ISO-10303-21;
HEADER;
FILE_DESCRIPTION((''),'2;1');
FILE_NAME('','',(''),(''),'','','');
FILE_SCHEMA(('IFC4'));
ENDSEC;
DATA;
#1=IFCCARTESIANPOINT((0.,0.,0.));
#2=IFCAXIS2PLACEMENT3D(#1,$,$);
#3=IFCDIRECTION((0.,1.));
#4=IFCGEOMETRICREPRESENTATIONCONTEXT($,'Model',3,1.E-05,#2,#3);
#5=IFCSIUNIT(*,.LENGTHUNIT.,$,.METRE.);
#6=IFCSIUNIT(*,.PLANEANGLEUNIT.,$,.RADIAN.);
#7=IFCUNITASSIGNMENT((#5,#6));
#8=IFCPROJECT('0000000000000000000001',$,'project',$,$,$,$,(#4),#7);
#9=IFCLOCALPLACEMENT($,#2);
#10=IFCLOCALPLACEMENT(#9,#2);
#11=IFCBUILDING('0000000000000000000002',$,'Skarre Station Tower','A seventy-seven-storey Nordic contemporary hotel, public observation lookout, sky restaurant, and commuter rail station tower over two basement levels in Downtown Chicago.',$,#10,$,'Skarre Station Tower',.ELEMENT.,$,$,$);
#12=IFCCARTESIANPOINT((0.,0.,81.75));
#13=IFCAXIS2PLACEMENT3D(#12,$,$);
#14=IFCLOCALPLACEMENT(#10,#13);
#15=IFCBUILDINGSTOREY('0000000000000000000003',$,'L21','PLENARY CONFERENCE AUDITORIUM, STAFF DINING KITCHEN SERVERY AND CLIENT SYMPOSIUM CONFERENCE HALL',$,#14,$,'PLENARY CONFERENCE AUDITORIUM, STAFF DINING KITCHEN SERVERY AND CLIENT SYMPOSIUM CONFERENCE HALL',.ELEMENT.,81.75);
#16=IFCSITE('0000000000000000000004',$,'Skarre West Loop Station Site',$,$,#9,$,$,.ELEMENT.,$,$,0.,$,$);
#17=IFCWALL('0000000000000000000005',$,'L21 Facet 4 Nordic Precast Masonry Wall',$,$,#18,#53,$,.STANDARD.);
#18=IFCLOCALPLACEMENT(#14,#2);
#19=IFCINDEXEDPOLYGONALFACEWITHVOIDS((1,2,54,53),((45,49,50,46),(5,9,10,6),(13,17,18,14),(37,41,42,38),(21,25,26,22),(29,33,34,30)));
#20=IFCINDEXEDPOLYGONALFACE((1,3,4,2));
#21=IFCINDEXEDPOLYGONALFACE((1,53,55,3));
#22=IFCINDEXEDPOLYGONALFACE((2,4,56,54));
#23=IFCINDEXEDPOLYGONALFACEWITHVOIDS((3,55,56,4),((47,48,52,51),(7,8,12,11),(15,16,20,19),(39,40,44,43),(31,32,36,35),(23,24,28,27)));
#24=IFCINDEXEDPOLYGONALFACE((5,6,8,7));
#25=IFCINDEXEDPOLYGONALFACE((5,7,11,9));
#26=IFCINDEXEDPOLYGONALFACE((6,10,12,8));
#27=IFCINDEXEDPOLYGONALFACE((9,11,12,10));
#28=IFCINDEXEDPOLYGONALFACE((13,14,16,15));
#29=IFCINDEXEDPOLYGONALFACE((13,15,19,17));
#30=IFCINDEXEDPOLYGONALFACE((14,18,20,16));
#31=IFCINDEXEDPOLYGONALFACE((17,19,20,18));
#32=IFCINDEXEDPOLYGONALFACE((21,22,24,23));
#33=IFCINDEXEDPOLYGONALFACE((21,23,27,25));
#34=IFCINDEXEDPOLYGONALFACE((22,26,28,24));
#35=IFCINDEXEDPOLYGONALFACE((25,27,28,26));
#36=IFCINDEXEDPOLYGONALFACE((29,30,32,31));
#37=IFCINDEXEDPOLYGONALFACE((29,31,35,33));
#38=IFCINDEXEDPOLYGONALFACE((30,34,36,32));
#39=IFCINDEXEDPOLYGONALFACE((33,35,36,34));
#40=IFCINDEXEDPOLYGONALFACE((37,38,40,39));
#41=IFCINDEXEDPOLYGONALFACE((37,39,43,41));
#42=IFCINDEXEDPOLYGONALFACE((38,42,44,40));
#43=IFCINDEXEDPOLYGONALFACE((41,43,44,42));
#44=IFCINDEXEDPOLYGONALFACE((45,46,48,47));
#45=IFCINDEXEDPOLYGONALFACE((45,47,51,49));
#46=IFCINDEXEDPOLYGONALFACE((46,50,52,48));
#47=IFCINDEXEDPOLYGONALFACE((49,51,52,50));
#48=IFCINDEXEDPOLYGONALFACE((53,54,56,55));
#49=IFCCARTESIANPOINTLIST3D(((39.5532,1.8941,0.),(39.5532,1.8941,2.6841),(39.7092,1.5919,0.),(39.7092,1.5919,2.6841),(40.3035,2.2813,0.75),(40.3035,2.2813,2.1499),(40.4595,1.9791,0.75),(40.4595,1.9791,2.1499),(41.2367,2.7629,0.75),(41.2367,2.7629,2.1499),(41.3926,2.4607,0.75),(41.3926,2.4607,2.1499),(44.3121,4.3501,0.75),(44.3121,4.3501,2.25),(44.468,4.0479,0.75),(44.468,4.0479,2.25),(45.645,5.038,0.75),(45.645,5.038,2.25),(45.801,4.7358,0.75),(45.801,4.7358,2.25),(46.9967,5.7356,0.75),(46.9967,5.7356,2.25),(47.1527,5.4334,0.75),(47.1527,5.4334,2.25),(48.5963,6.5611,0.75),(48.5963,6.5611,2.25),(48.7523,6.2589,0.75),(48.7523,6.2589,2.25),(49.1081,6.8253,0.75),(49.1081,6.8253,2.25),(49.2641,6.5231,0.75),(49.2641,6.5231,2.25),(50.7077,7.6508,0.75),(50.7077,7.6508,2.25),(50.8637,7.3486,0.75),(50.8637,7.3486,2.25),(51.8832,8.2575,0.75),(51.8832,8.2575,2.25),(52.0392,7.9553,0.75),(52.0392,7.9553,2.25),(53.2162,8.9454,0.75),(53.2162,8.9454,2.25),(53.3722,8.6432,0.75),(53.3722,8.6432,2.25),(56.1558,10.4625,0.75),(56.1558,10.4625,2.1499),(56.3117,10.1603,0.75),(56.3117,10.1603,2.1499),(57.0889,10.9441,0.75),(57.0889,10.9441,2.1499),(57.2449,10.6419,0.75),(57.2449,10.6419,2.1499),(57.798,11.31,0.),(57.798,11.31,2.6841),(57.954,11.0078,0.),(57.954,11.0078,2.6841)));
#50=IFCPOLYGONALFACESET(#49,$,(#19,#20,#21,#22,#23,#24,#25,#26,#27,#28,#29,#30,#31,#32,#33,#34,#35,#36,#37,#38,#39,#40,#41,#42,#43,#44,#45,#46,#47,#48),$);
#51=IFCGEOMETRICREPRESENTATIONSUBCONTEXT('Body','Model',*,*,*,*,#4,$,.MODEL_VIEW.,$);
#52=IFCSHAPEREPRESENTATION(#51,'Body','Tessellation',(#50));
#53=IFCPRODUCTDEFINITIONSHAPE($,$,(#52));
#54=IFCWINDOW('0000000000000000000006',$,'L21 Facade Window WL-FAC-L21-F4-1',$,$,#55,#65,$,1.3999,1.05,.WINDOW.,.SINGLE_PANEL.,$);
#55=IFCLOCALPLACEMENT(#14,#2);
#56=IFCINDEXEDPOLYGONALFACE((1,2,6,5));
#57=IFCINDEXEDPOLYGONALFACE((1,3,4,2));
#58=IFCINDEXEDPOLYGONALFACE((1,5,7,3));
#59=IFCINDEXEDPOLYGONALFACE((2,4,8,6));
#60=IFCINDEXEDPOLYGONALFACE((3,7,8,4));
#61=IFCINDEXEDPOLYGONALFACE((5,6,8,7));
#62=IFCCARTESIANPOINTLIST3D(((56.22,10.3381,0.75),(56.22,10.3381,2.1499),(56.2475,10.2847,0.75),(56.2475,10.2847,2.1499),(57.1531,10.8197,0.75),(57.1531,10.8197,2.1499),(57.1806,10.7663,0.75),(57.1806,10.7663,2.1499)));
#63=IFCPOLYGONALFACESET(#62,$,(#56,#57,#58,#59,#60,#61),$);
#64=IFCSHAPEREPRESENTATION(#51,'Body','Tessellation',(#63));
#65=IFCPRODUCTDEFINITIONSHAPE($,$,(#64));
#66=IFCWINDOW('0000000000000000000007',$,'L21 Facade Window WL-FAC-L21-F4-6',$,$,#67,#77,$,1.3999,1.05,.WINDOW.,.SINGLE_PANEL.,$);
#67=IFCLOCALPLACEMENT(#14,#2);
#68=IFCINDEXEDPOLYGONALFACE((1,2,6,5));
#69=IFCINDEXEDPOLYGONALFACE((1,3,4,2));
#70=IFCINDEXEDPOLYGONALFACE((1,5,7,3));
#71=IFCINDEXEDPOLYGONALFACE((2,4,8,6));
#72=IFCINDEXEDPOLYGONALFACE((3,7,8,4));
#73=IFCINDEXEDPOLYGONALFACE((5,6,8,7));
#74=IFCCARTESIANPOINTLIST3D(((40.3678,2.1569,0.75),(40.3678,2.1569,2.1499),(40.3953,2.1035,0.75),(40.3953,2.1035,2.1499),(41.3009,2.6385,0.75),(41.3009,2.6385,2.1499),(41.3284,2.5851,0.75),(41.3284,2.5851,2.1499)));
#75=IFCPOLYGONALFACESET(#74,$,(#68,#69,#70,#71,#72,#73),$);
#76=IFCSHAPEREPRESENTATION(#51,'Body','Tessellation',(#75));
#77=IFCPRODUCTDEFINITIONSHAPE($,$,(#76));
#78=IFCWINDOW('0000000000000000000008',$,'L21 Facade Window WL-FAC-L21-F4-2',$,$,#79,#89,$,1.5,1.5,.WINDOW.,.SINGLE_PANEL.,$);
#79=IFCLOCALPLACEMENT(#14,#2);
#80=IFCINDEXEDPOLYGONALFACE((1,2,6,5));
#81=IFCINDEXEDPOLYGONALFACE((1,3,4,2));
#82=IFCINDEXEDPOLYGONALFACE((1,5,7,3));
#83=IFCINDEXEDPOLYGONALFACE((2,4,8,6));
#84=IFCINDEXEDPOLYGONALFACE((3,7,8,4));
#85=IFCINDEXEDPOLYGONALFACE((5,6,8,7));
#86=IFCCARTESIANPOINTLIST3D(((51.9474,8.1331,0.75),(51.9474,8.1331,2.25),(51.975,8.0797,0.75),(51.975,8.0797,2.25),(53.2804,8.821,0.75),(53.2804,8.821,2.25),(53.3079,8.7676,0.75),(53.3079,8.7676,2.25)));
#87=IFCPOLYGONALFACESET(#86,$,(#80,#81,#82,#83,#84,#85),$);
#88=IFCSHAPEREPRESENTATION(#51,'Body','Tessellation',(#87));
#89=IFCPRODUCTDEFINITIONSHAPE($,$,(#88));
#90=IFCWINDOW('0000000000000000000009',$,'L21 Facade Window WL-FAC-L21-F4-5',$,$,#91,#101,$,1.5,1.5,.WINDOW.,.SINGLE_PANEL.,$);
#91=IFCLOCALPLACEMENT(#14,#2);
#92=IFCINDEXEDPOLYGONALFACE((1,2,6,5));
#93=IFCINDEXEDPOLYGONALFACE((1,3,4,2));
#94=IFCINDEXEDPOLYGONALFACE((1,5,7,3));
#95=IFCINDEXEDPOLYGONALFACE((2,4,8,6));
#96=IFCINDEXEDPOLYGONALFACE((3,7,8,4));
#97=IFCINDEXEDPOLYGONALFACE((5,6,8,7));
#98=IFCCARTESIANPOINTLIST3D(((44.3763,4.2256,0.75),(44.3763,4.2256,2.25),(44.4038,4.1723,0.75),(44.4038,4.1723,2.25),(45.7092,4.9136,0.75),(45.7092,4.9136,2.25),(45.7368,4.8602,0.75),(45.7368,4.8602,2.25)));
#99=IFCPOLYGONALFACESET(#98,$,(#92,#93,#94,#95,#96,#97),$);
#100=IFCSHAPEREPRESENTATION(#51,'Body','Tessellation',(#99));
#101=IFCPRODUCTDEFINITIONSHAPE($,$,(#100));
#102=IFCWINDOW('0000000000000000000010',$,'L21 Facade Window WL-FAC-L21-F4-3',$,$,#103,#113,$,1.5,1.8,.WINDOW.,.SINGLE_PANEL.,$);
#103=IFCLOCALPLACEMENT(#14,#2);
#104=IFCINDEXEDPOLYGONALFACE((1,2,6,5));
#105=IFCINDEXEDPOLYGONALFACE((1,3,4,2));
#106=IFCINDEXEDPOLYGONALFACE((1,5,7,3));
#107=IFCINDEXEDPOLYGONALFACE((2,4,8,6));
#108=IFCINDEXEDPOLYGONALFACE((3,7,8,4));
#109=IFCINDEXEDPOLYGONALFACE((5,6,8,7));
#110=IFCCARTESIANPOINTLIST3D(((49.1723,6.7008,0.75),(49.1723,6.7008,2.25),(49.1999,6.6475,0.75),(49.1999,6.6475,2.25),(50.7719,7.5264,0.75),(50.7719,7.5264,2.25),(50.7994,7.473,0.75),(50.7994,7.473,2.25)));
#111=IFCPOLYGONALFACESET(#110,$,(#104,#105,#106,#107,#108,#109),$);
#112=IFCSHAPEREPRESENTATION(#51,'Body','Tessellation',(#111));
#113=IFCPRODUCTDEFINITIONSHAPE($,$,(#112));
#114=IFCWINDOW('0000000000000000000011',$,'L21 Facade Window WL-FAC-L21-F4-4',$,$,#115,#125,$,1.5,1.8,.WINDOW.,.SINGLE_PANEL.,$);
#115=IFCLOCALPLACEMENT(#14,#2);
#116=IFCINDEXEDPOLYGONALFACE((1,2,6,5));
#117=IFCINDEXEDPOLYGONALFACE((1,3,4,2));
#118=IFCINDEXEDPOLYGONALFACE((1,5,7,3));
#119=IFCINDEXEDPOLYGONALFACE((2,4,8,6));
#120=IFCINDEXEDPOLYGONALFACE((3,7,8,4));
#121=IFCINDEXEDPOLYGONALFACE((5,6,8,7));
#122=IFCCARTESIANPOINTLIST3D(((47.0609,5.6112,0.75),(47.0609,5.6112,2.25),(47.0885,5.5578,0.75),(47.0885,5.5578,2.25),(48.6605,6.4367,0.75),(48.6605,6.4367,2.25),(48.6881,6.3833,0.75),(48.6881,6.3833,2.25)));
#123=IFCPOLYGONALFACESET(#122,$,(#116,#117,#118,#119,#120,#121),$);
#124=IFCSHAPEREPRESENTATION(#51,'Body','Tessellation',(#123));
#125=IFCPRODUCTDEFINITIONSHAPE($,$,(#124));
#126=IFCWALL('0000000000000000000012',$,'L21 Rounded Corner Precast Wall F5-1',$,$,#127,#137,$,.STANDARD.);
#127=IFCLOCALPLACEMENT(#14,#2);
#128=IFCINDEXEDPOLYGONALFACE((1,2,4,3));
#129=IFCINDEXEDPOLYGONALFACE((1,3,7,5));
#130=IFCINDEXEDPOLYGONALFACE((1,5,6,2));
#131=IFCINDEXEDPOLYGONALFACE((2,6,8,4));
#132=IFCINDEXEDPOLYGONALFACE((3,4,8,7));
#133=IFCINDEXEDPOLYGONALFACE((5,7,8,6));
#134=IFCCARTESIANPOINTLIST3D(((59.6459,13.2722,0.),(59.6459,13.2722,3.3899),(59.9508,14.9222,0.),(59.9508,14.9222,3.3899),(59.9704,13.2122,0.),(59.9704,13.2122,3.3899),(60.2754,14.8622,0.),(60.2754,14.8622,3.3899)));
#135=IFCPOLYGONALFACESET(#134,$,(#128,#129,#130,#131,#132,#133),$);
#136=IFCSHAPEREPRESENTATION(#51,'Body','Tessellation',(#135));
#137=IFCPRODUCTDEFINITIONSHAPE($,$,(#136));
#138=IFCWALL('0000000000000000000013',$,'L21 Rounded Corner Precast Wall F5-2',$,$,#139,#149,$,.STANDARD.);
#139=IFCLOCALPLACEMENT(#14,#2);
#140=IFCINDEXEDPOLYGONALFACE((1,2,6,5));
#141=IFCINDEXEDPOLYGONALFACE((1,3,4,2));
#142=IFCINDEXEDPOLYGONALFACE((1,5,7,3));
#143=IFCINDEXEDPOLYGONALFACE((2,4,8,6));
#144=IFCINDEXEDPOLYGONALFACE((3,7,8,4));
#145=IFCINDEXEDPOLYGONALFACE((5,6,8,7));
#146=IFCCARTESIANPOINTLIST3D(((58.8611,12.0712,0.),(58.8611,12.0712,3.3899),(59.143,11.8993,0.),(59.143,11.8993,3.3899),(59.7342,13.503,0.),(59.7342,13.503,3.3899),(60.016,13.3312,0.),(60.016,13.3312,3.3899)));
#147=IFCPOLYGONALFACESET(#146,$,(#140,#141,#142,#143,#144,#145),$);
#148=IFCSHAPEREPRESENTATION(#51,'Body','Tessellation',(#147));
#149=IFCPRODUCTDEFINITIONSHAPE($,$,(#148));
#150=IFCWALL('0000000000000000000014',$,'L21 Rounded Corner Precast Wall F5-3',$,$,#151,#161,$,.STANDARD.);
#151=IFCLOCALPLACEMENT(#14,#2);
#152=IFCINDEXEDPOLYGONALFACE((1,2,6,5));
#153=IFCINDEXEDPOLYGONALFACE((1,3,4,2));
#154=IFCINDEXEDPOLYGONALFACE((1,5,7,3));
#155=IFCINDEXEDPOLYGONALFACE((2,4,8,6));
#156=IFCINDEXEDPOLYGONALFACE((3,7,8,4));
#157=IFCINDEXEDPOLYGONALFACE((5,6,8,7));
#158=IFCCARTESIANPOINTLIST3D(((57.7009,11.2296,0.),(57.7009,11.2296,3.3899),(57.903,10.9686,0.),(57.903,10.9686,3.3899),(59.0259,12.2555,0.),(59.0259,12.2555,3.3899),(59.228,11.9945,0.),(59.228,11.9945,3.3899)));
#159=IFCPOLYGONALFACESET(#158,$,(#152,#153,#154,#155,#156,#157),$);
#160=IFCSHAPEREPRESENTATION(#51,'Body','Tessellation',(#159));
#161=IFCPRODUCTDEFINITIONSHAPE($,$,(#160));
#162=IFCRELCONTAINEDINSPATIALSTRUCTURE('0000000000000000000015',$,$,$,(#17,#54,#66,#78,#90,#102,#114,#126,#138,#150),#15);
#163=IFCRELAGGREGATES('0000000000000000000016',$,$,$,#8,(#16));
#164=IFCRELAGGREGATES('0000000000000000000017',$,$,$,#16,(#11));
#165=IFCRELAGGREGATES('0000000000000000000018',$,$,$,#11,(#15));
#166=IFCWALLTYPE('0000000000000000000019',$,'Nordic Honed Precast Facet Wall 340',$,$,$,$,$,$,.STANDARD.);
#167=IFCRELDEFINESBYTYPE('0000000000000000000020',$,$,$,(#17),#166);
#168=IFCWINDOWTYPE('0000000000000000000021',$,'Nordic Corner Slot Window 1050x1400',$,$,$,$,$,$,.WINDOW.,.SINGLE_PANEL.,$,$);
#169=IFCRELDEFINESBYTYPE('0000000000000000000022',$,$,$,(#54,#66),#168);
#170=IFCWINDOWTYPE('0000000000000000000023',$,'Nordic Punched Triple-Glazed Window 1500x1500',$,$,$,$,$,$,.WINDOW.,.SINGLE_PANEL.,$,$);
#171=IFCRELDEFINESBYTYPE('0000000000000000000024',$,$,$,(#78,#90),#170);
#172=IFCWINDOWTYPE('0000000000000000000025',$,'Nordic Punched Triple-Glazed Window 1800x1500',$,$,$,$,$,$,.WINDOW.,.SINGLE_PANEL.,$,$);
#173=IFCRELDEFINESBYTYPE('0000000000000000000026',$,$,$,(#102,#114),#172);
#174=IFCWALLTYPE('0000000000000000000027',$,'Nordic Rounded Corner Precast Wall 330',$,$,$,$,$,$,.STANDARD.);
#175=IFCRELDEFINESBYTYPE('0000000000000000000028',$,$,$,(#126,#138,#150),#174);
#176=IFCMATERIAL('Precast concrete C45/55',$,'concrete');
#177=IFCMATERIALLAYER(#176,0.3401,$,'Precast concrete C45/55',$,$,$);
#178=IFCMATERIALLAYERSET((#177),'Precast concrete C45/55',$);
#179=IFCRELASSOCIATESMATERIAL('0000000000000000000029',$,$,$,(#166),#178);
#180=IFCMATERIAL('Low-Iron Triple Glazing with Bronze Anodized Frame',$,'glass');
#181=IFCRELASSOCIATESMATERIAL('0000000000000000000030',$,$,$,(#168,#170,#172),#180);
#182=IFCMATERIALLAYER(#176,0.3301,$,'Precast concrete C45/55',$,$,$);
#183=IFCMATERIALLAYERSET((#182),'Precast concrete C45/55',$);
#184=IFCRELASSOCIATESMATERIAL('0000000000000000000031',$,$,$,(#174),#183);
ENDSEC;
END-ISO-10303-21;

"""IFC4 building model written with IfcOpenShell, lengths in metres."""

from ifc_helpers import new_model, si_unit, direction, frame, frame_2d, origin, place, context, subcontext, project, spatial, rectangle, extrude, material, layer, layer_set, type_object, element, fill, save


model = new_model("IFC4")

# Units and contexts
model_context = context("Model", 3, precision=1e-05, world=origin(), true_north=direction((0.0, 1.0)))
body_context = subcontext(model_context, "Body", "Model", "MODEL_VIEW")
ifc_project = project(units=[si_unit("LENGTHUNIT", "METRE"), si_unit("PLANEANGLEUNIT", "RADIAN")], contexts=[model_context])

# Site, building, storey
site_placement = place(None, origin())
site = spatial("IfcSite", under=ifc_project, at=site_placement, Name="Skarre West Loop Station Site", CompositionType="ELEMENT", RefElevation=0.0)
building_placement = place(site_placement, origin())
building = spatial("IfcBuilding", under=site, at=building_placement, Name="Skarre Station Tower", Description="A seventy-seven-storey Nordic contemporary hotel, public observation lookout, sky restaurant, and commuter rail station tower over two basement levels in Downtown Chicago.", LongName="Skarre Station Tower", CompositionType="ELEMENT")
storey_placement = place(building_placement, frame((0.0, 0.0, 81.75)))
storey = spatial("IfcBuildingStorey", under=building, at=storey_placement, Name="L21", Description="PLENARY CONFERENCE AUDITORIUM, STAFF DINING KITCHEN SERVERY AND CLIENT SYMPOSIUM CONFERENCE HALL", LongName="PLENARY CONFERENCE AUDITORIUM, STAFF DINING KITCHEN SERVERY AND CLIENT SYMPOSIUM CONFERENCE HALL", CompositionType="ELEMENT", Elevation=81.75)

# Wall, openings, windows
ifc_material_1 = material(Name="Precast concrete C45/55", Category="concrete")
ifc_layer_1 = layer(ifc_material_1, 0.3401, Name="Precast concrete C45/55")
ifc_layer_set_1 = layer_set([ifc_layer_1], Name="Precast concrete C45/55")
wall_type_1 = type_object("IfcWallType", Name="Nordic Honed Precast Facet Wall 340", PredefinedType="STANDARD", material=ifc_layer_set_1)
wall_1_placement = place(storey_placement, frame((57.876, 11.1589, 0.0), z_axis=(0.0, 0.0, 1.0), x_axis=(-0.888634, -0.458616, 0.0)))
wall_1 = element("IfcWall", 1, at=wall_1_placement, inside=storey, type_object=wall_type_1, Name="L21 Facet 4 Nordic Precast Masonry Wall", PredefinedType="STANDARD", context=body_context, shape_type="SweptSolid", body=[
    extrude(rectangle(XDim=20.5312, YDim=0.3401, at=frame_2d((10.2656, 0.0))), origin(), (0.0, 0.0, 1.0), 2.6841),
])
opening_1_placement = place(wall_1_placement, frame((0.7981, 0.0, 0.75)))
opening_1 = element("IfcOpeningElement", 2, at=opening_1_placement, cuts=wall_1, PredefinedType="OPENING", context=body_context, shape_type="SweptSolid", body=[
    extrude(rectangle(XDim=1.05, YDim=1.3999, at=frame_2d((0.5249, 0.7))), frame((0.0, 0.1799, 0.0), z_axis=(0.0, -1.0, 0.0), x_axis=(1.0, 0.0, 0.0)), (0.0, 0.0, 1.0), 0.3601),
])
opening_2_placement = place(wall_1_placement, frame((5.156, 0.0, 0.75)))
opening_2 = element("IfcOpeningElement", 3, at=opening_2_placement, cuts=wall_1, PredefinedType="OPENING", context=body_context, shape_type="SweptSolid", body=[
    extrude(rectangle(XDim=1.5, YDim=1.5, at=frame_2d((0.75, 0.75))), frame((0.0, 0.1799, 0.0), z_axis=(0.0, -1.0, 0.0), x_axis=(1.0, 0.0, 0.0)), (0.0, 0.0, 1.0), 0.3601),
])
opening_3_placement = place(wall_1_placement, frame((7.979, 0.0, 0.75)))
opening_3 = element("IfcOpeningElement", 4, at=opening_3_placement, cuts=wall_1, PredefinedType="OPENING", context=body_context, shape_type="SweptSolid", body=[
    extrude(rectangle(XDim=1.8, YDim=1.5, at=frame_2d((0.8999, 0.75))), frame((0.0, 0.1799, 0.0), z_axis=(0.0, -1.0, 0.0), x_axis=(1.0, 0.0, 0.0)), (0.0, 0.0, 1.0), 0.3601),
])
opening_4_placement = place(wall_1_placement, frame((10.355, 0.0, 0.75)))
opening_4 = element("IfcOpeningElement", 5, at=opening_4_placement, cuts=wall_1, PredefinedType="OPENING", context=body_context, shape_type="SweptSolid", body=[
    extrude(rectangle(XDim=1.8, YDim=1.5, at=frame_2d((0.8999, 0.75))), frame((0.0, 0.1799, 0.0), z_axis=(0.0, -1.0, 0.0), x_axis=(1.0, 0.0, 0.0)), (0.0, 0.0, 1.0), 0.3601),
])
opening_5_placement = place(wall_1_placement, frame((13.676, 0.0, 0.75)))
opening_5 = element("IfcOpeningElement", 6, at=opening_5_placement, cuts=wall_1, PredefinedType="OPENING", context=body_context, shape_type="SweptSolid", body=[
    extrude(rectangle(XDim=1.5, YDim=1.5, at=frame_2d((0.75, 0.75))), frame((0.0, 0.1799, 0.0), z_axis=(0.0, -1.0, 0.0), x_axis=(1.0, 0.0, 0.0)), (0.0, 0.0, 1.0), 0.3601),
])
opening_6_placement = place(wall_1_placement, frame((18.637, 0.0, 0.75)))
opening_6 = element("IfcOpeningElement", 7, at=opening_6_placement, cuts=wall_1, PredefinedType="OPENING", context=body_context, shape_type="SweptSolid", body=[
    extrude(rectangle(XDim=1.05, YDim=1.3999, at=frame_2d((0.5249, 0.7))), frame((0.0, 0.1799, 0.0), z_axis=(0.0, -1.0, 0.0), x_axis=(1.0, 0.0, 0.0)), (0.0, 0.0, 1.0), 0.3601),
])
ifc_material_2 = material(Name="Low-Iron Triple Glazing with Bronze Anodized Frame", Category="glass")
window_type_1 = type_object("IfcWindowType", Name="Nordic Corner Slot Window 1050x1400", PartitioningType="SINGLE_PANEL", PredefinedType="WINDOW", material=ifc_material_2)
window_1_placement = place(opening_1_placement, origin())
window_1 = element("IfcWindow", 8, at=window_1_placement, inside=storey, type_object=window_type_1, Name="L21 Facade Window WL-FAC-L21-F4-1", OverallHeight=1.3999, OverallWidth=1.05, PartitioningType="SINGLE_PANEL", PredefinedType="WINDOW", context=body_context, shape_type="SweptSolid", body=[
    extrude(rectangle(XDim=1.05, YDim=1.3999, at=frame_2d((0.5249, 0.7))), frame((0.0, 0.03, 0.0), z_axis=(0.0, -1.0, 0.0), x_axis=(1.0, 0.0, 0.0)), (0.0, 0.0, 1.0), 0.0601),
])
fill(opening_1, window_1)
window_2_placement = place(opening_6_placement, origin())
window_2 = element("IfcWindow", 9, at=window_2_placement, inside=storey, type_object=window_type_1, Name="L21 Facade Window WL-FAC-L21-F4-6", OverallHeight=1.3999, OverallWidth=1.05, PartitioningType="SINGLE_PANEL", PredefinedType="WINDOW", context=body_context, shape_type="SweptSolid", body=[
    extrude(rectangle(XDim=1.05, YDim=1.3999, at=frame_2d((0.5249, 0.7))), frame((0.0, 0.03, 0.0), z_axis=(0.0, -1.0, 0.0), x_axis=(1.0, 0.0, 0.0)), (0.0, 0.0, 1.0), 0.0601),
])
fill(opening_6, window_2)
window_type_2 = type_object("IfcWindowType", Name="Nordic Punched Triple-Glazed Window 1500x1500", PartitioningType="SINGLE_PANEL", PredefinedType="WINDOW", material=ifc_material_2)
window_3_placement = place(opening_2_placement, origin())
window_3 = element("IfcWindow", 10, at=window_3_placement, inside=storey, type_object=window_type_2, Name="L21 Facade Window WL-FAC-L21-F4-2", OverallHeight=1.5, OverallWidth=1.5, PartitioningType="SINGLE_PANEL", PredefinedType="WINDOW", context=body_context, shape_type="SweptSolid", body=[
    extrude(rectangle(XDim=1.5, YDim=1.5, at=frame_2d((0.75, 0.75))), frame((0.0, 0.03, 0.0), z_axis=(0.0, -1.0, 0.0), x_axis=(1.0, 0.0, 0.0)), (0.0, 0.0, 1.0), 0.0601),
])
fill(opening_2, window_3)
window_4_placement = place(opening_5_placement, origin())
window_4 = element("IfcWindow", 11, at=window_4_placement, inside=storey, type_object=window_type_2, Name="L21 Facade Window WL-FAC-L21-F4-5", OverallHeight=1.5, OverallWidth=1.5, PartitioningType="SINGLE_PANEL", PredefinedType="WINDOW", context=body_context, shape_type="SweptSolid", body=[
    extrude(rectangle(XDim=1.5, YDim=1.5, at=frame_2d((0.75, 0.75))), frame((0.0, 0.03, 0.0), z_axis=(0.0, -1.0, 0.0), x_axis=(1.0, 0.0, 0.0)), (0.0, 0.0, 1.0), 0.0601),
])
fill(opening_5, window_4)
window_type_3 = type_object("IfcWindowType", Name="Nordic Punched Triple-Glazed Window 1800x1500", PartitioningType="SINGLE_PANEL", PredefinedType="WINDOW", material=ifc_material_2)
window_5_placement = place(opening_3_placement, origin())
window_5 = element("IfcWindow", 12, at=window_5_placement, inside=storey, type_object=window_type_3, Name="L21 Facade Window WL-FAC-L21-F4-3", OverallHeight=1.5, OverallWidth=1.8, PartitioningType="SINGLE_PANEL", PredefinedType="WINDOW", context=body_context, shape_type="SweptSolid", body=[
    extrude(rectangle(XDim=1.8, YDim=1.5, at=frame_2d((0.8999, 0.75))), frame((0.0, 0.03, 0.0), z_axis=(0.0, -1.0, 0.0), x_axis=(1.0, 0.0, 0.0)), (0.0, 0.0, 1.0), 0.0601),
])
fill(opening_3, window_5)
window_6_placement = place(opening_4_placement, origin())
window_6 = element("IfcWindow", 13, at=window_6_placement, inside=storey, type_object=window_type_3, Name="L21 Facade Window WL-FAC-L21-F4-4", OverallHeight=1.5, OverallWidth=1.8, PartitioningType="SINGLE_PANEL", PredefinedType="WINDOW", context=body_context, shape_type="SweptSolid", body=[
    extrude(rectangle(XDim=1.8, YDim=1.5, at=frame_2d((0.8999, 0.75))), frame((0.0, 0.03, 0.0), z_axis=(0.0, -1.0, 0.0), x_axis=(1.0, 0.0, 0.0)), (0.0, 0.0, 1.0), 0.0601),
])
fill(opening_4, window_6)

# Walls
ifc_layer_2 = layer(ifc_material_1, 0.3301, Name="Precast concrete C45/55")
ifc_layer_set_2 = layer_set([ifc_layer_2], Name="Precast concrete C45/55")
wall_type_2 = type_object("IfcWallType", Name="Nordic Rounded Corner Precast Wall 330", PredefinedType="STANDARD", material=ifc_layer_set_2)
wall_2_placement = place(storey_placement, frame((60.113, 14.8921, 0.0), z_axis=(0.0, 0.0, 1.0), x_axis=(-0.181714, -0.983351, 0.0)))
element("IfcWall", 14, at=wall_2_placement, inside=storey, type_object=wall_type_2, Name="L21 Rounded Corner Precast Wall F5-1", PredefinedType="STANDARD", context=body_context, shape_type="SweptSolid", body=[
    extrude(rectangle(XDim=1.678, YDim=0.3301, at=frame_2d((0.8389, 0.0))), origin(), (0.0, 0.0, 1.0), 3.3899),
])
wall_3_placement = place(storey_placement, frame((59.875, 13.417, 0.0), z_axis=(0.0, 0.0, 1.0), x_axis=(-0.520584, -0.85381, 0.0)))
element("IfcWall", 15, at=wall_3_placement, inside=storey, type_object=wall_type_2, Name="L21 Rounded Corner Precast Wall F5-2", PredefinedType="STANDARD", context=body_context, shape_type="SweptSolid", body=[
    extrude(rectangle(XDim=1.677, YDim=0.3301, at=frame_2d((0.8384, 0.0))), origin(), (0.0, 0.0, 1.0), 3.3899),
])
wall_4_placement = place(storey_placement, frame((59.127, 12.125, 0.0), z_axis=(0.0, 0.0, 1.0), x_axis=(-0.790692, -0.612214, 0.0)))
element("IfcWall", 16, at=wall_4_placement, inside=storey, type_object=wall_type_2, Name="L21 Rounded Corner Precast Wall F5-3", PredefinedType="STANDARD", context=body_context, shape_type="SweptSolid", body=[
    extrude(rectangle(XDim=1.6758, YDim=0.3301, at=frame_2d((0.8379, 0.0))), origin(), (0.0, 0.0, 1.0), 3.3899),
])

save(model, "model.ifc")
